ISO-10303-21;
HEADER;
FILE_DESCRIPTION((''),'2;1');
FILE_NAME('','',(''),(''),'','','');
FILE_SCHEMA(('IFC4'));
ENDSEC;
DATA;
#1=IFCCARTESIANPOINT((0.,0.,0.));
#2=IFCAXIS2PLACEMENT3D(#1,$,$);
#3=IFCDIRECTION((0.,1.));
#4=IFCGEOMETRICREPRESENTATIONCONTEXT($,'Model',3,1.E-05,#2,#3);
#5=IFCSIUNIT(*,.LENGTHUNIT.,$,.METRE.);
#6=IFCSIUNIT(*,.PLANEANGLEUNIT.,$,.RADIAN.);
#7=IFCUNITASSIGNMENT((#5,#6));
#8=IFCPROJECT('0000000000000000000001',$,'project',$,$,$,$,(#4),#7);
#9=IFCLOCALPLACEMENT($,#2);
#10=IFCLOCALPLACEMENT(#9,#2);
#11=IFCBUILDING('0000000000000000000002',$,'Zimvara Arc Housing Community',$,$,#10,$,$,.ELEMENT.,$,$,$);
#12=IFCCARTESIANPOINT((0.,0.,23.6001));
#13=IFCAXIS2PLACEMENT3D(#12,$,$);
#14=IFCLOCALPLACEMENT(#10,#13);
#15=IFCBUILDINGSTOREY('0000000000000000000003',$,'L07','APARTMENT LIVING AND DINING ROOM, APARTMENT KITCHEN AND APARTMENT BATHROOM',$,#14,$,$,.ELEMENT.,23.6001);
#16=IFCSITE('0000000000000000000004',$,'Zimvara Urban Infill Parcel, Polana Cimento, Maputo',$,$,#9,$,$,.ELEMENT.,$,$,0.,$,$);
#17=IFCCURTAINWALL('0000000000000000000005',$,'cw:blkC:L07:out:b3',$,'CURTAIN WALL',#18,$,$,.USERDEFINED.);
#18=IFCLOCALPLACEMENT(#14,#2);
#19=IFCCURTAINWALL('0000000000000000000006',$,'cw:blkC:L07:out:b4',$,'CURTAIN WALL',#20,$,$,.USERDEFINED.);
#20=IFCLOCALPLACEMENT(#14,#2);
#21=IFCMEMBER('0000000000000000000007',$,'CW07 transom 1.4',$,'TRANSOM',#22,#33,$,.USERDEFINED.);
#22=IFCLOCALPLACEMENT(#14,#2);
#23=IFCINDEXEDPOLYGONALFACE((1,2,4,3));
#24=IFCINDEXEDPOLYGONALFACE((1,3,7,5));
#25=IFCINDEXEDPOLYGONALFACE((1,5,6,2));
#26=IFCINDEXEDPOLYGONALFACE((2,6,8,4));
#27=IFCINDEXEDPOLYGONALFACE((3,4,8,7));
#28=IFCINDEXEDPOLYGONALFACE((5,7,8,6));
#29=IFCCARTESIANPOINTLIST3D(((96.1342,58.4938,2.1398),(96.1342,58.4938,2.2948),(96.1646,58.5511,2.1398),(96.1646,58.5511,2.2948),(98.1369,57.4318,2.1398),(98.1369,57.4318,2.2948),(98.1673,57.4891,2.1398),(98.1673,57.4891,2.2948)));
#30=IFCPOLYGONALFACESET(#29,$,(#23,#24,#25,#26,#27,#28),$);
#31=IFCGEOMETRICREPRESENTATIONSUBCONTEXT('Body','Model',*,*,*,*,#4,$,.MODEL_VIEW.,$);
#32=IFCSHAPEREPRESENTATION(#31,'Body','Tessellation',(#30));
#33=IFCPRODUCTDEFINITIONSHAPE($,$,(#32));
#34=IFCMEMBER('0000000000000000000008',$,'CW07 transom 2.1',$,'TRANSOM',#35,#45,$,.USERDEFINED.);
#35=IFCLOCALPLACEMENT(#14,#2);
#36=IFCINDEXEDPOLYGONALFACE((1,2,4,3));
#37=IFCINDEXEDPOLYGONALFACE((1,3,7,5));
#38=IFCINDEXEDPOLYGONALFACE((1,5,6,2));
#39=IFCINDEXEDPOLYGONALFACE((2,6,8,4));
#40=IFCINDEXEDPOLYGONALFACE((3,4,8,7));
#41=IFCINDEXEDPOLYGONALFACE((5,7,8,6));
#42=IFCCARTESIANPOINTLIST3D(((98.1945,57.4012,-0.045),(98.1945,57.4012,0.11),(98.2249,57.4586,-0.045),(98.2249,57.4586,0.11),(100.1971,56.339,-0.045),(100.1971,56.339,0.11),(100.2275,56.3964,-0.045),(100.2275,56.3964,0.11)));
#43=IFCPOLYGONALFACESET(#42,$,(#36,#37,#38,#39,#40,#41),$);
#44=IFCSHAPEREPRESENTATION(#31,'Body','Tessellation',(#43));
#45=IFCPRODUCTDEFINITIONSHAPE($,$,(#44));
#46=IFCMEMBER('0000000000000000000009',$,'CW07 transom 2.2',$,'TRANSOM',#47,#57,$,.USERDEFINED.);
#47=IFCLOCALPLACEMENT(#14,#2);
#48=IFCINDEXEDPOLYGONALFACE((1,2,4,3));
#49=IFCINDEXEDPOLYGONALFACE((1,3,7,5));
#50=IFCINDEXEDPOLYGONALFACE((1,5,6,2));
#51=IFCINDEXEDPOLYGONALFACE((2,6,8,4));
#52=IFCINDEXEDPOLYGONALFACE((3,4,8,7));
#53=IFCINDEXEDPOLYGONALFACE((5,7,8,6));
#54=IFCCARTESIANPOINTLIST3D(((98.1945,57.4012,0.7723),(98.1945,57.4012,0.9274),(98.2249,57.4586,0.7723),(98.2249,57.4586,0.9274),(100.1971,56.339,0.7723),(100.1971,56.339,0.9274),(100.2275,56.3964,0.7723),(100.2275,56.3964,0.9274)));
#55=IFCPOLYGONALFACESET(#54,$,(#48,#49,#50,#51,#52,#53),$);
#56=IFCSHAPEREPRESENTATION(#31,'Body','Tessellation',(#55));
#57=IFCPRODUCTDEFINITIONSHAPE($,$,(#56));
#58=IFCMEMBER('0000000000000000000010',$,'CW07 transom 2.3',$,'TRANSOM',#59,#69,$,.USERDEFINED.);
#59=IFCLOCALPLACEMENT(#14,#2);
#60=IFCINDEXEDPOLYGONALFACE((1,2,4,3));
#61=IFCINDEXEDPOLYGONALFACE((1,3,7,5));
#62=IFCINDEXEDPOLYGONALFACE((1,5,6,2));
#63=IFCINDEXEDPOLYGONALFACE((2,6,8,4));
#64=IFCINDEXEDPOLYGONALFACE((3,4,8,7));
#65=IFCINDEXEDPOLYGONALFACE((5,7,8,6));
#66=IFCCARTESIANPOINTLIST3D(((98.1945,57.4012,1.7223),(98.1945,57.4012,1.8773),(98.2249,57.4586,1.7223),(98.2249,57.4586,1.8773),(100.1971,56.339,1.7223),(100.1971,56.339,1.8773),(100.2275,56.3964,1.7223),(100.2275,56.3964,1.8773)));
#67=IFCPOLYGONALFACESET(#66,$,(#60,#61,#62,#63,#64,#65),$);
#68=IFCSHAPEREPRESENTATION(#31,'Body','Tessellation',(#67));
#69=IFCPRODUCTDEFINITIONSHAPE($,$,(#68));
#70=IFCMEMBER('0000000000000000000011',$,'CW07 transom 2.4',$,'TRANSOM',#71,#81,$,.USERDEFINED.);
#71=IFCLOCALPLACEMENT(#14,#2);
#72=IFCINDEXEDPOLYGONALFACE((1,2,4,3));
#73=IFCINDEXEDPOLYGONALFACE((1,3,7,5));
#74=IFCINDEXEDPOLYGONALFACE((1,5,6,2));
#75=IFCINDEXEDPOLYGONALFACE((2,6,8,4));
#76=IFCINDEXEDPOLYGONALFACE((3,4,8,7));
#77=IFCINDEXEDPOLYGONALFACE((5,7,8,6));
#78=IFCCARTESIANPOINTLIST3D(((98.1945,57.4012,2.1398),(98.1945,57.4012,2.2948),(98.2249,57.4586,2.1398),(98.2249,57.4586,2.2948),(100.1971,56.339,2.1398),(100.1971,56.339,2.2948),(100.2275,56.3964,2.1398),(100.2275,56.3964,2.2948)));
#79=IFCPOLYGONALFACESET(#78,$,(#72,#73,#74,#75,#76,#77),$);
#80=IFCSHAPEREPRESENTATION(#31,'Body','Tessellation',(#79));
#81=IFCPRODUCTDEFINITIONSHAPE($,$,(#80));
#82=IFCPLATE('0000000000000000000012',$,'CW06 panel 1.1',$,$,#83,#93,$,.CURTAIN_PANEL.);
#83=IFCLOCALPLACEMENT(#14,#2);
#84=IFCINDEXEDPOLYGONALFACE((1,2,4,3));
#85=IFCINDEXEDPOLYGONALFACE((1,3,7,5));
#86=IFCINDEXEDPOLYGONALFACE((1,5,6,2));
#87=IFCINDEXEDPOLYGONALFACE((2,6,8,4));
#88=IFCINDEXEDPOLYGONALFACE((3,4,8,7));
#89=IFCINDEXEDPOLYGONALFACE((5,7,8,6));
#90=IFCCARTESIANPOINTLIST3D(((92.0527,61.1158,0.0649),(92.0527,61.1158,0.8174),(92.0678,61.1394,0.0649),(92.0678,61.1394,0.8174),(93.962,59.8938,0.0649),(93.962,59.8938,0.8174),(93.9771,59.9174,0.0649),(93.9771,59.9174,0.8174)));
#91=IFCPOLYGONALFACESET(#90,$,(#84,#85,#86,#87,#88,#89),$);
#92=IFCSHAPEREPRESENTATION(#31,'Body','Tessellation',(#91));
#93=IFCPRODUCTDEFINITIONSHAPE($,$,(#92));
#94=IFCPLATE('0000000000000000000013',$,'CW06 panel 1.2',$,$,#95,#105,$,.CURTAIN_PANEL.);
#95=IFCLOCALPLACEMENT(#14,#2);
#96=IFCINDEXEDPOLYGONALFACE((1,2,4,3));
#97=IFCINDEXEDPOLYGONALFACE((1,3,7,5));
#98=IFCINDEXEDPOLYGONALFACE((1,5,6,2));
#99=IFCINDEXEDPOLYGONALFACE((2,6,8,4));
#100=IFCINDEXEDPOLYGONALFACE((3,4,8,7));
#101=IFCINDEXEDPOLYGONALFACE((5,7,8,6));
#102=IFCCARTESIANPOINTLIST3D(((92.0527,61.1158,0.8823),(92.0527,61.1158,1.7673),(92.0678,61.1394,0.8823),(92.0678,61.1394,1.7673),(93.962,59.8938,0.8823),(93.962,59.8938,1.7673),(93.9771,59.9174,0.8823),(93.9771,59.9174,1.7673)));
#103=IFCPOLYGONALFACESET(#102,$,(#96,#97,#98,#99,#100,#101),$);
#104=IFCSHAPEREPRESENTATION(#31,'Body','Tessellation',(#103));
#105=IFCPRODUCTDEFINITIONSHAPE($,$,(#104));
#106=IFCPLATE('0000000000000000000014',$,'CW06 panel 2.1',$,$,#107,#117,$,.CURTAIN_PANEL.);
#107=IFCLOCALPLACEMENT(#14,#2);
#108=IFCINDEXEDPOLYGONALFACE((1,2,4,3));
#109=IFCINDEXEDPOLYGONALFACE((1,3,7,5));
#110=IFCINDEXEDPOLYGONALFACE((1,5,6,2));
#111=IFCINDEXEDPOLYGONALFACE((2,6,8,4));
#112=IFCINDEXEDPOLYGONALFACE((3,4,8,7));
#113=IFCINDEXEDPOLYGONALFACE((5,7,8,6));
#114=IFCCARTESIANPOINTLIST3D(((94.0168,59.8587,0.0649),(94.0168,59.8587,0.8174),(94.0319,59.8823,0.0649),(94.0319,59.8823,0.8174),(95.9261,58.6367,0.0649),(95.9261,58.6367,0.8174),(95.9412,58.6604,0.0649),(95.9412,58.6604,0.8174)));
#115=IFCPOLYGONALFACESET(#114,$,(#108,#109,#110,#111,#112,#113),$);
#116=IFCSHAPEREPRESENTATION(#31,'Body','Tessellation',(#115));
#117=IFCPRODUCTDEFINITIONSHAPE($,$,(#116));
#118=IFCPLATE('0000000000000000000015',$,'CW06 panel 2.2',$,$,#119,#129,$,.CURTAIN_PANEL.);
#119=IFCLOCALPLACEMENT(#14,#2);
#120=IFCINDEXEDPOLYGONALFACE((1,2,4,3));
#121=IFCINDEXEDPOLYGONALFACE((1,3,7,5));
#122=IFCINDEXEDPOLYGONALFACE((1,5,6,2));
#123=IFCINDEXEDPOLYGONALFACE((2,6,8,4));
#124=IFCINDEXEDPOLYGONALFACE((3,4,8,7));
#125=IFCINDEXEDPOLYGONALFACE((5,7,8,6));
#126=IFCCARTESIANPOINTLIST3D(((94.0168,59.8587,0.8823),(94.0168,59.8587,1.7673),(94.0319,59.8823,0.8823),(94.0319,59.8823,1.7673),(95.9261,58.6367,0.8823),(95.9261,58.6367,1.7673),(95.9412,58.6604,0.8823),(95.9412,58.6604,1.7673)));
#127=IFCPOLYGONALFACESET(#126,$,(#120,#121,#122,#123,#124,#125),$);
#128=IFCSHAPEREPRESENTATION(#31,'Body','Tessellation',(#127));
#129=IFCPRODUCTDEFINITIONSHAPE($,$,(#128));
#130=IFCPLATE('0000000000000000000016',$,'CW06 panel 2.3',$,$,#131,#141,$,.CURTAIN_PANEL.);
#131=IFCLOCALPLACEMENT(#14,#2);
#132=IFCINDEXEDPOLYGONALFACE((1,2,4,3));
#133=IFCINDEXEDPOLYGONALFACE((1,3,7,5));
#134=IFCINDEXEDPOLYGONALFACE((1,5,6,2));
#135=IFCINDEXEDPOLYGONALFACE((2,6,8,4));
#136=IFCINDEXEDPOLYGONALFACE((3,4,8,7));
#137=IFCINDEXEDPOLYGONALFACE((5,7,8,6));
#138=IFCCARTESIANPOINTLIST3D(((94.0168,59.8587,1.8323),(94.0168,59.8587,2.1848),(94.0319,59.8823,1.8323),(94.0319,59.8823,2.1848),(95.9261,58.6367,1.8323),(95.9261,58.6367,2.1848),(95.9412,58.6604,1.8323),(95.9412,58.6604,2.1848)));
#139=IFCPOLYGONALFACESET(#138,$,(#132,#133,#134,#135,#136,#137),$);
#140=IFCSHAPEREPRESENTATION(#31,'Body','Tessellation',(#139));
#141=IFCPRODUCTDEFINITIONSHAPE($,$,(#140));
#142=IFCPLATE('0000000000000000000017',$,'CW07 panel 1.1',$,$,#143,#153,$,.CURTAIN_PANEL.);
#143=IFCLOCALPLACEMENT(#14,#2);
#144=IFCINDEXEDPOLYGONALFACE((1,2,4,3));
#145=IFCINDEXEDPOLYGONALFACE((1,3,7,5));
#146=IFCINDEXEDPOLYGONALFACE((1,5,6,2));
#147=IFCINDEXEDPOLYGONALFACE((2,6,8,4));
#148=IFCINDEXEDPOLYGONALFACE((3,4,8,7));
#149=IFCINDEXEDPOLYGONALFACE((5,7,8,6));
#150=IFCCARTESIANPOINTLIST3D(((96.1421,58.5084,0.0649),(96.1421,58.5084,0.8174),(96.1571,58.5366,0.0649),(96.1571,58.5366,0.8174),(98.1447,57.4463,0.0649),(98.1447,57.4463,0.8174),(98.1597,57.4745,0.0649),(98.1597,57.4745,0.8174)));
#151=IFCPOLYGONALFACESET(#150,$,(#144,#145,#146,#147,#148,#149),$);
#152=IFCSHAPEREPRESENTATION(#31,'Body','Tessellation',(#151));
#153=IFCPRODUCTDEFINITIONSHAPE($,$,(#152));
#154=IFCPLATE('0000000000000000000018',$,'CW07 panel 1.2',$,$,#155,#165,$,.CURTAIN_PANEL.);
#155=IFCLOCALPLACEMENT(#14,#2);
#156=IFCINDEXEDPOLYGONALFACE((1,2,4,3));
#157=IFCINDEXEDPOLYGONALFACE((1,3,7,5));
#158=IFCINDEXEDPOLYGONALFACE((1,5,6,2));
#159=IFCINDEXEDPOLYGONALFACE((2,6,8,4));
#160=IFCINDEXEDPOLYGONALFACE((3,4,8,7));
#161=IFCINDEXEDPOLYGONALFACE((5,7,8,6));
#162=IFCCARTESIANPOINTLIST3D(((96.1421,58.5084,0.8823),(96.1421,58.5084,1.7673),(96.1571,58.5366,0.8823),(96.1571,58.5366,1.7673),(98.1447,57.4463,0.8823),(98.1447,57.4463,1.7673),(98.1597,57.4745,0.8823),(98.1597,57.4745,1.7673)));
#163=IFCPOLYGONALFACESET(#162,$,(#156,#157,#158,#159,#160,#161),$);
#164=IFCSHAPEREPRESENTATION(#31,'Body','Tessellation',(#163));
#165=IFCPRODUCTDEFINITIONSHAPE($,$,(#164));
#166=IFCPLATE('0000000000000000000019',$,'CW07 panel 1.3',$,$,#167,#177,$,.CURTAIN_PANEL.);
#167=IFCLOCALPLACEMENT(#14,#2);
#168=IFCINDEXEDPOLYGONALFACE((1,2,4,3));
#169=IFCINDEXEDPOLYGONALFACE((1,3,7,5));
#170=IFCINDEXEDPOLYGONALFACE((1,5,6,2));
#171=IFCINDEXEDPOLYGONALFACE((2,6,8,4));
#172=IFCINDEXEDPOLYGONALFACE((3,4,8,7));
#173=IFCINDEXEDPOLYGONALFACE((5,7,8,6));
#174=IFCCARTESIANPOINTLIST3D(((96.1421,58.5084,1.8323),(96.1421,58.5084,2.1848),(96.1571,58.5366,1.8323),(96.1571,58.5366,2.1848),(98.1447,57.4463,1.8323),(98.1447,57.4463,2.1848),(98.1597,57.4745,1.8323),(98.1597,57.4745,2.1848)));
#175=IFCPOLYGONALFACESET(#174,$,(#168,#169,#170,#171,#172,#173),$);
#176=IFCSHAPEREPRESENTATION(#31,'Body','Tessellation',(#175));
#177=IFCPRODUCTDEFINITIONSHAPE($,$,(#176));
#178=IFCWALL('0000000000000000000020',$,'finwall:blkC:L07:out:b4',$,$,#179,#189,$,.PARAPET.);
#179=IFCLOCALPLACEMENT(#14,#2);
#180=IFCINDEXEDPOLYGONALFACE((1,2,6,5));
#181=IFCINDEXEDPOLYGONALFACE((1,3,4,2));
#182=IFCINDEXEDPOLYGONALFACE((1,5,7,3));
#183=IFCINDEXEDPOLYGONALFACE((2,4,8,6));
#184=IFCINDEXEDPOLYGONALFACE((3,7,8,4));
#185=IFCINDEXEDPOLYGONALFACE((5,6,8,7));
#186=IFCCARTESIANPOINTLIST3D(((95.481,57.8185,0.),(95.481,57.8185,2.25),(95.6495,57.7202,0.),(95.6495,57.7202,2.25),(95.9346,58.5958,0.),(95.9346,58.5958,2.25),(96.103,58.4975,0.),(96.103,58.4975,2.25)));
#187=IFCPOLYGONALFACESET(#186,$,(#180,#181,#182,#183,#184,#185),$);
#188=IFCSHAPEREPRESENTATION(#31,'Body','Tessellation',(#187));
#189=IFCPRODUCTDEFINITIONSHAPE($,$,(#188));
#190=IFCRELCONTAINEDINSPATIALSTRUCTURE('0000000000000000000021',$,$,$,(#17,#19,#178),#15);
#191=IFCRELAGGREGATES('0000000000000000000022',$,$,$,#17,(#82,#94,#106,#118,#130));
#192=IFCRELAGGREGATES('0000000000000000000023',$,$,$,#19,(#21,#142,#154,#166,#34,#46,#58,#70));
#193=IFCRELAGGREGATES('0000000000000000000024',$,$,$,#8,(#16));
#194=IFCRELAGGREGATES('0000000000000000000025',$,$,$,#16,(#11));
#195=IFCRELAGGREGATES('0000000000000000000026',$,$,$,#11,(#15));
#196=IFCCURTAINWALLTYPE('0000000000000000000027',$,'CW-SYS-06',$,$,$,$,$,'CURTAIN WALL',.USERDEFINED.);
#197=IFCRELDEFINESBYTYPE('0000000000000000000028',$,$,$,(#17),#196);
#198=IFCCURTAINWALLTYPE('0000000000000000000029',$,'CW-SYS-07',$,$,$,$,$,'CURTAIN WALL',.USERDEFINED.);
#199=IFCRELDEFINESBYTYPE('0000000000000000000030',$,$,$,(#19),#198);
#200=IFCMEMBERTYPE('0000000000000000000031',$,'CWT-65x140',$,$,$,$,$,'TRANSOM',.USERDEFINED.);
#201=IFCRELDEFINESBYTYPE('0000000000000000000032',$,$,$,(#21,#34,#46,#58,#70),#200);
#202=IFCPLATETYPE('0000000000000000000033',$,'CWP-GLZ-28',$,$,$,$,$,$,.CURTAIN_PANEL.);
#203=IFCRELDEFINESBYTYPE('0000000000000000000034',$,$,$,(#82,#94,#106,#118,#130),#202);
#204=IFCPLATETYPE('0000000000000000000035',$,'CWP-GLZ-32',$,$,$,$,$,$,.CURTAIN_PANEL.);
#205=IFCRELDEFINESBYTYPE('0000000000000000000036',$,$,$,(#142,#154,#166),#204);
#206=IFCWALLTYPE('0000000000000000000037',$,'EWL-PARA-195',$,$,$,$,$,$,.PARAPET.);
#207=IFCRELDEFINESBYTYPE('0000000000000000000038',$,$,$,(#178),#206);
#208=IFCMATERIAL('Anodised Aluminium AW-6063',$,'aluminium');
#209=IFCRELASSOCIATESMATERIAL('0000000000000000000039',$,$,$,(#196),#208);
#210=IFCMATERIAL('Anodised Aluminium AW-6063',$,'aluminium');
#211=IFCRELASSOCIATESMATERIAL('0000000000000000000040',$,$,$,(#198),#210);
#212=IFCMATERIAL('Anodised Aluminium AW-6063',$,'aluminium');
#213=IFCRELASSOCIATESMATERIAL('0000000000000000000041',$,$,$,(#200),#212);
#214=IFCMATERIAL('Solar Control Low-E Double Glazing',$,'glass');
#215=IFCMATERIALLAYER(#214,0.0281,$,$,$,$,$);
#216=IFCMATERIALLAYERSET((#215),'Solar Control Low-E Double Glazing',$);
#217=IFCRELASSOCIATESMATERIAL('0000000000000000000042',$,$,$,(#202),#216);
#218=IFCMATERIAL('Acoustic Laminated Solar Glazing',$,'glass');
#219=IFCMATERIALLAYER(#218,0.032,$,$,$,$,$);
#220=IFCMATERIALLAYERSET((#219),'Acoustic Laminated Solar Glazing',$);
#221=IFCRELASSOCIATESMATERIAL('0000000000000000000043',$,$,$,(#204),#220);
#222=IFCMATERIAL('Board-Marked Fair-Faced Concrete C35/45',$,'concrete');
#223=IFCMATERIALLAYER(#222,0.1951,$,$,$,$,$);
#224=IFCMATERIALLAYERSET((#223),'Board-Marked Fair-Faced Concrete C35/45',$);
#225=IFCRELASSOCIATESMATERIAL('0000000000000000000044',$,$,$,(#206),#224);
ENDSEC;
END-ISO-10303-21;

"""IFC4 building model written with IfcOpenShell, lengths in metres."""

from ifc_helpers import new_model, si_unit, direction, frame, frame_2d, origin, origin_2d, place, context, subcontext, project, spatial, rectangle, extrude, material, layer, layer_set, material_profile, profile_set, type_object, element, aggregate, save


model = new_model("IFC4")

# Units and contexts
model_context = context("Model", 3, precision=1e-05, world=origin(), true_north=direction((0.0, 1.0)))
body_context = subcontext(model_context, "Body", "Model", "MODEL_VIEW")
ifc_project = project(units=[si_unit("LENGTHUNIT", "METRE"), si_unit("PLANEANGLEUNIT", "RADIAN")], contexts=[model_context])

# Site, building, storey
site_placement = place(None, origin())
site = spatial("IfcSite", under=ifc_project, at=site_placement, Name="Zimvara Urban Infill Parcel, Polana Cimento, Maputo", CompositionType="ELEMENT", RefElevation=0.0)
building_placement = place(site_placement, origin())
building = spatial("IfcBuilding", under=site, at=building_placement, Name="Zimvara Arc Housing Community", CompositionType="ELEMENT")
storey_placement = place(building_placement, frame((0.0, 0.0, 23.6001)))
storey = spatial("IfcBuildingStorey", under=building, at=storey_placement, Name="L07", Description="APARTMENT LIVING AND DINING ROOM, APARTMENT KITCHEN AND APARTMENT BATHROOM", CompositionType="ELEMENT", Elevation=23.6001)

# Curtain walls
ifc_material_1 = material(Name="Anodised Aluminium AW-6063", Category="aluminium")
curtain_wall_type_1 = type_object("IfcCurtainWallType", Name="CW-SYS-06", ElementType="CURTAIN WALL", PredefinedType="USERDEFINED", material=ifc_material_1)
curtain_wall_1_placement = place(storey_placement, origin())
curtain_wall_1 = element("IfcCurtainWall", 1, at=curtain_wall_1_placement, inside=storey, type_object=curtain_wall_type_1, Name="cw:blkC:L07:out:b3", ObjectType="CURTAIN WALL", PredefinedType="USERDEFINED")
ifc_material_2 = material(Name="Anodised Aluminium AW-6063", Category="aluminium")
curtain_wall_type_2 = type_object("IfcCurtainWallType", Name="CW-SYS-07", ElementType="CURTAIN WALL", PredefinedType="USERDEFINED", material=ifc_material_2)
curtain_wall_2_placement = place(storey_placement, origin())
curtain_wall_2 = element("IfcCurtainWall", 2, at=curtain_wall_2_placement, inside=storey, type_object=curtain_wall_type_2, Name="cw:blkC:L07:out:b4", ObjectType="CURTAIN WALL", PredefinedType="USERDEFINED")

# Members
ifc_material_3 = material(Name="Anodised Aluminium AW-6063", Category="aluminium")
ifc_material_profile_1 = material_profile(ifc_material_3, rectangle(XDim=0.0649, YDim=0.155, at=origin_2d()), Name="ALU 65x155")
ifc_profile_set_1 = profile_set([ifc_material_profile_1], Name="Anodised Aluminium AW-6063")
member_type_1 = type_object("IfcMemberType", Name="CWT-65x140", ElementType="TRANSOM", PredefinedType="USERDEFINED", material=ifc_profile_set_1)
member_1_placement = place(storey_placement, frame((96.1494, 58.5225, 2.2173), z_axis=(0.883465, -0.468496, 0.0), x_axis=(0.468496, 0.883465, 0.0)))
member_1 = element("IfcMember", 3, at=member_1_placement, type_object=member_type_1, Name="CW07 transom 1.4", ObjectType="TRANSOM", PredefinedType="USERDEFINED", context=body_context, shape_type="SweptSolid", body=[
    extrude(rectangle(XDim=0.0649, YDim=0.155, at=origin_2d()), origin(), (0.0, 0.0, 1.0), 2.2668),
])
member_2_placement = place(storey_placement, frame((98.2097, 57.4299, 0.0325), z_axis=(0.883421, -0.46858, 0.0), x_axis=(0.46858, 0.883421, 0.0)))
member_2 = element("IfcMember", 4, at=member_2_placement, type_object=member_type_1, Name="CW07 transom 2.1", ObjectType="TRANSOM", PredefinedType="USERDEFINED", context=body_context, shape_type="SweptSolid", body=[
    extrude(rectangle(XDim=0.0649, YDim=0.155, at=origin_2d()), origin(), (0.0, 0.0, 1.0), 2.2668),
])
member_3_placement = place(storey_placement, frame((98.2097, 57.4299, 0.8499), z_axis=(0.883421, -0.46858, 0.0), x_axis=(0.46858, 0.883421, 0.0)))
member_3 = element("IfcMember", 5, at=member_3_placement, type_object=member_type_1, Name="CW07 transom 2.2", ObjectType="TRANSOM", PredefinedType="USERDEFINED", context=body_context, shape_type="SweptSolid", body=[
    extrude(rectangle(XDim=0.0649, YDim=0.155, at=origin_2d()), origin(), (0.0, 0.0, 1.0), 2.2668),
])
member_4_placement = place(storey_placement, frame((98.2097, 57.4299, 1.7998), z_axis=(0.883421, -0.46858, 0.0), x_axis=(0.46858, 0.883421, 0.0)))
member_4 = element("IfcMember", 6, at=member_4_placement, type_object=member_type_1, Name="CW07 transom 2.3", ObjectType="TRANSOM", PredefinedType="USERDEFINED", context=body_context, shape_type="SweptSolid", body=[
    extrude(rectangle(XDim=0.0649, YDim=0.155, at=origin_2d()), origin(), (0.0, 0.0, 1.0), 2.2668),
])
member_5_placement = place(storey_placement, frame((98.2097, 57.4299, 2.2173), z_axis=(0.883421, -0.46858, 0.0), x_axis=(0.46858, 0.883421, 0.0)))
member_5 = element("IfcMember", 7, at=member_5_placement, type_object=member_type_1, Name="CW07 transom 2.4", ObjectType="TRANSOM", PredefinedType="USERDEFINED", context=body_context, shape_type="SweptSolid", body=[
    extrude(rectangle(XDim=0.0649, YDim=0.155, at=origin_2d()), origin(), (0.0, 0.0, 1.0), 2.2668),
])

# Plates
ifc_material_4 = material(Name="Solar Control Low-E Double Glazing", Category="glass")
ifc_layer_1 = layer(ifc_material_4, 0.0281)
ifc_layer_set_1 = layer_set([ifc_layer_1], Name="Solar Control Low-E Double Glazing")
plate_type_1 = type_object("IfcPlateType", Name="CWP-GLZ-28", PredefinedType="CURTAIN_PANEL", material=ifc_layer_set_1)
plate_1_placement = place(storey_placement, frame((93.0149, 60.5166, 0.0649), z_axis=(0.0, 0.0, 1.0), x_axis=(0.842264, -0.539065, 0.0)))
plate_1 = element("IfcPlate", 8, at=plate_1_placement, type_object=plate_type_1, Name="CW06 panel 1.1", PredefinedType="CURTAIN_PANEL", context=body_context, shape_type="SweptSolid", body=[
    extrude(rectangle(XDim=2.2668, YDim=0.0281, at=origin_2d()), origin(), (0.0, 0.0, 1.0), 0.7524),
])
plate_2_placement = place(storey_placement, frame((93.0149, 60.5166, 0.8823), z_axis=(0.0, 0.0, 1.0), x_axis=(0.842264, -0.539065, 0.0)))
plate_2 = element("IfcPlate", 9, at=plate_2_placement, type_object=plate_type_1, Name="CW06 panel 1.2", PredefinedType="CURTAIN_PANEL", context=body_context, shape_type="SweptSolid", body=[
    extrude(rectangle(XDim=2.2668, YDim=0.0281, at=origin_2d()), origin(), (0.0, 0.0, 1.0), 0.885),
])
plate_3_placement = place(storey_placement, frame((94.979, 59.2595, 0.0649), z_axis=(0.0, 0.0, 1.0), x_axis=(0.842264, -0.539065, 0.0)))
plate_3 = element("IfcPlate", 10, at=plate_3_placement, type_object=plate_type_1, Name="CW06 panel 2.1", PredefinedType="CURTAIN_PANEL", context=body_context, shape_type="SweptSolid", body=[
    extrude(rectangle(XDim=2.2668, YDim=0.0281, at=origin_2d()), origin(), (0.0, 0.0, 1.0), 0.7524),
])
plate_4_placement = place(storey_placement, frame((94.979, 59.2595, 0.8823), z_axis=(0.0, 0.0, 1.0), x_axis=(0.842264, -0.539065, 0.0)))
plate_4 = element("IfcPlate", 11, at=plate_4_placement, type_object=plate_type_1, Name="CW06 panel 2.2", PredefinedType="CURTAIN_PANEL", context=body_context, shape_type="SweptSolid", body=[
    extrude(rectangle(XDim=2.2668, YDim=0.0281, at=origin_2d()), origin(), (0.0, 0.0, 1.0), 0.885),
])
plate_5_placement = place(storey_placement, frame((94.979, 59.2595, 1.8323), z_axis=(0.0, 0.0, 1.0), x_axis=(0.842264, -0.539065, 0.0)))
plate_5 = element("IfcPlate", 12, at=plate_5_placement, type_object=plate_type_1, Name="CW06 panel 2.3", PredefinedType="CURTAIN_PANEL", context=body_context, shape_type="SweptSolid", body=[
    extrude(rectangle(XDim=2.2668, YDim=0.0281, at=origin_2d()), origin(), (0.0, 0.0, 1.0), 0.3525),
])
aggregate(curtain_wall_1, [plate_1, plate_2, plate_3, plate_4, plate_5])
ifc_material_5 = material(Name="Acoustic Laminated Solar Glazing", Category="glass")
ifc_layer_2 = layer(ifc_material_5, 0.032)
ifc_layer_set_2 = layer_set([ifc_layer_2], Name="Acoustic Laminated Solar Glazing")
plate_type_2 = type_object("IfcPlateType", Name="CWP-GLZ-32", PredefinedType="CURTAIN_PANEL", material=ifc_layer_set_2)
plate_6_placement = place(storey_placement, frame((97.1509, 57.9915, 0.0649), z_axis=(0.0, 0.0, 1.0), x_axis=(0.883439, -0.468547, 0.0)))
plate_6 = element("IfcPlate", 13, at=plate_6_placement, type_object=plate_type_2, Name="CW07 panel 1.1", PredefinedType="CURTAIN_PANEL", context=body_context, shape_type="SweptSolid", body=[
    extrude(rectangle(XDim=2.2668, YDim=0.032, at=origin_2d()), origin(), (0.0, 0.0, 1.0), 0.7524),
])
plate_7_placement = place(storey_placement, frame((97.1509, 57.9915, 0.8823), z_axis=(0.0, 0.0, 1.0), x_axis=(0.883439, -0.468547, 0.0)))
plate_7 = element("IfcPlate", 14, at=plate_7_placement, type_object=plate_type_2, Name="CW07 panel 1.2", PredefinedType="CURTAIN_PANEL", context=body_context, shape_type="SweptSolid", body=[
    extrude(rectangle(XDim=2.2668, YDim=0.032, at=origin_2d()), origin(), (0.0, 0.0, 1.0), 0.885),
])
plate_8_placement = place(storey_placement, frame((97.1509, 57.9915, 1.8323), z_axis=(0.0, 0.0, 1.0), x_axis=(0.883439, -0.468547, 0.0)))
plate_8 = element("IfcPlate", 15, at=plate_8_placement, type_object=plate_type_2, Name="CW07 panel 1.3", PredefinedType="CURTAIN_PANEL", context=body_context, shape_type="SweptSolid", body=[
    extrude(rectangle(XDim=2.2668, YDim=0.032, at=origin_2d()), origin(), (0.0, 0.0, 1.0), 0.3525),
])
aggregate(curtain_wall_2, [member_1, plate_6, plate_7, plate_8, member_2, member_3, member_4, member_5])

# Wall
ifc_material_6 = material(Name="Board-Marked Fair-Faced Concrete C35/45", Category="concrete")
ifc_layer_3 = layer(ifc_material_6, 0.1951)
ifc_layer_set_3 = layer_set([ifc_layer_3], Name="Board-Marked Fair-Faced Concrete C35/45")
wall_type = type_object("IfcWallType", Name="EWL-PARA-195", PredefinedType="PARAPET", material=ifc_layer_set_3)
wall_placement = place(storey_placement, frame((96.0188, 58.5466, 0.0), z_axis=(0.0, 0.0, 1.0), x_axis=(-0.504006, -0.8637, 0.0)))
element("IfcWall", 16, at=wall_placement, inside=storey, type_object=wall_type, Name="finwall:blkC:L07:out:b4", PredefinedType="PARAPET", context=body_context, shape_type="SweptSolid", body=[
    extrude(rectangle(XDim=0.8999, YDim=0.1951, at=frame_2d((0.45, 0.0))), origin(), (0.0, 0.0, 1.0), 2.25),
])

save(model, "model.ifc")
